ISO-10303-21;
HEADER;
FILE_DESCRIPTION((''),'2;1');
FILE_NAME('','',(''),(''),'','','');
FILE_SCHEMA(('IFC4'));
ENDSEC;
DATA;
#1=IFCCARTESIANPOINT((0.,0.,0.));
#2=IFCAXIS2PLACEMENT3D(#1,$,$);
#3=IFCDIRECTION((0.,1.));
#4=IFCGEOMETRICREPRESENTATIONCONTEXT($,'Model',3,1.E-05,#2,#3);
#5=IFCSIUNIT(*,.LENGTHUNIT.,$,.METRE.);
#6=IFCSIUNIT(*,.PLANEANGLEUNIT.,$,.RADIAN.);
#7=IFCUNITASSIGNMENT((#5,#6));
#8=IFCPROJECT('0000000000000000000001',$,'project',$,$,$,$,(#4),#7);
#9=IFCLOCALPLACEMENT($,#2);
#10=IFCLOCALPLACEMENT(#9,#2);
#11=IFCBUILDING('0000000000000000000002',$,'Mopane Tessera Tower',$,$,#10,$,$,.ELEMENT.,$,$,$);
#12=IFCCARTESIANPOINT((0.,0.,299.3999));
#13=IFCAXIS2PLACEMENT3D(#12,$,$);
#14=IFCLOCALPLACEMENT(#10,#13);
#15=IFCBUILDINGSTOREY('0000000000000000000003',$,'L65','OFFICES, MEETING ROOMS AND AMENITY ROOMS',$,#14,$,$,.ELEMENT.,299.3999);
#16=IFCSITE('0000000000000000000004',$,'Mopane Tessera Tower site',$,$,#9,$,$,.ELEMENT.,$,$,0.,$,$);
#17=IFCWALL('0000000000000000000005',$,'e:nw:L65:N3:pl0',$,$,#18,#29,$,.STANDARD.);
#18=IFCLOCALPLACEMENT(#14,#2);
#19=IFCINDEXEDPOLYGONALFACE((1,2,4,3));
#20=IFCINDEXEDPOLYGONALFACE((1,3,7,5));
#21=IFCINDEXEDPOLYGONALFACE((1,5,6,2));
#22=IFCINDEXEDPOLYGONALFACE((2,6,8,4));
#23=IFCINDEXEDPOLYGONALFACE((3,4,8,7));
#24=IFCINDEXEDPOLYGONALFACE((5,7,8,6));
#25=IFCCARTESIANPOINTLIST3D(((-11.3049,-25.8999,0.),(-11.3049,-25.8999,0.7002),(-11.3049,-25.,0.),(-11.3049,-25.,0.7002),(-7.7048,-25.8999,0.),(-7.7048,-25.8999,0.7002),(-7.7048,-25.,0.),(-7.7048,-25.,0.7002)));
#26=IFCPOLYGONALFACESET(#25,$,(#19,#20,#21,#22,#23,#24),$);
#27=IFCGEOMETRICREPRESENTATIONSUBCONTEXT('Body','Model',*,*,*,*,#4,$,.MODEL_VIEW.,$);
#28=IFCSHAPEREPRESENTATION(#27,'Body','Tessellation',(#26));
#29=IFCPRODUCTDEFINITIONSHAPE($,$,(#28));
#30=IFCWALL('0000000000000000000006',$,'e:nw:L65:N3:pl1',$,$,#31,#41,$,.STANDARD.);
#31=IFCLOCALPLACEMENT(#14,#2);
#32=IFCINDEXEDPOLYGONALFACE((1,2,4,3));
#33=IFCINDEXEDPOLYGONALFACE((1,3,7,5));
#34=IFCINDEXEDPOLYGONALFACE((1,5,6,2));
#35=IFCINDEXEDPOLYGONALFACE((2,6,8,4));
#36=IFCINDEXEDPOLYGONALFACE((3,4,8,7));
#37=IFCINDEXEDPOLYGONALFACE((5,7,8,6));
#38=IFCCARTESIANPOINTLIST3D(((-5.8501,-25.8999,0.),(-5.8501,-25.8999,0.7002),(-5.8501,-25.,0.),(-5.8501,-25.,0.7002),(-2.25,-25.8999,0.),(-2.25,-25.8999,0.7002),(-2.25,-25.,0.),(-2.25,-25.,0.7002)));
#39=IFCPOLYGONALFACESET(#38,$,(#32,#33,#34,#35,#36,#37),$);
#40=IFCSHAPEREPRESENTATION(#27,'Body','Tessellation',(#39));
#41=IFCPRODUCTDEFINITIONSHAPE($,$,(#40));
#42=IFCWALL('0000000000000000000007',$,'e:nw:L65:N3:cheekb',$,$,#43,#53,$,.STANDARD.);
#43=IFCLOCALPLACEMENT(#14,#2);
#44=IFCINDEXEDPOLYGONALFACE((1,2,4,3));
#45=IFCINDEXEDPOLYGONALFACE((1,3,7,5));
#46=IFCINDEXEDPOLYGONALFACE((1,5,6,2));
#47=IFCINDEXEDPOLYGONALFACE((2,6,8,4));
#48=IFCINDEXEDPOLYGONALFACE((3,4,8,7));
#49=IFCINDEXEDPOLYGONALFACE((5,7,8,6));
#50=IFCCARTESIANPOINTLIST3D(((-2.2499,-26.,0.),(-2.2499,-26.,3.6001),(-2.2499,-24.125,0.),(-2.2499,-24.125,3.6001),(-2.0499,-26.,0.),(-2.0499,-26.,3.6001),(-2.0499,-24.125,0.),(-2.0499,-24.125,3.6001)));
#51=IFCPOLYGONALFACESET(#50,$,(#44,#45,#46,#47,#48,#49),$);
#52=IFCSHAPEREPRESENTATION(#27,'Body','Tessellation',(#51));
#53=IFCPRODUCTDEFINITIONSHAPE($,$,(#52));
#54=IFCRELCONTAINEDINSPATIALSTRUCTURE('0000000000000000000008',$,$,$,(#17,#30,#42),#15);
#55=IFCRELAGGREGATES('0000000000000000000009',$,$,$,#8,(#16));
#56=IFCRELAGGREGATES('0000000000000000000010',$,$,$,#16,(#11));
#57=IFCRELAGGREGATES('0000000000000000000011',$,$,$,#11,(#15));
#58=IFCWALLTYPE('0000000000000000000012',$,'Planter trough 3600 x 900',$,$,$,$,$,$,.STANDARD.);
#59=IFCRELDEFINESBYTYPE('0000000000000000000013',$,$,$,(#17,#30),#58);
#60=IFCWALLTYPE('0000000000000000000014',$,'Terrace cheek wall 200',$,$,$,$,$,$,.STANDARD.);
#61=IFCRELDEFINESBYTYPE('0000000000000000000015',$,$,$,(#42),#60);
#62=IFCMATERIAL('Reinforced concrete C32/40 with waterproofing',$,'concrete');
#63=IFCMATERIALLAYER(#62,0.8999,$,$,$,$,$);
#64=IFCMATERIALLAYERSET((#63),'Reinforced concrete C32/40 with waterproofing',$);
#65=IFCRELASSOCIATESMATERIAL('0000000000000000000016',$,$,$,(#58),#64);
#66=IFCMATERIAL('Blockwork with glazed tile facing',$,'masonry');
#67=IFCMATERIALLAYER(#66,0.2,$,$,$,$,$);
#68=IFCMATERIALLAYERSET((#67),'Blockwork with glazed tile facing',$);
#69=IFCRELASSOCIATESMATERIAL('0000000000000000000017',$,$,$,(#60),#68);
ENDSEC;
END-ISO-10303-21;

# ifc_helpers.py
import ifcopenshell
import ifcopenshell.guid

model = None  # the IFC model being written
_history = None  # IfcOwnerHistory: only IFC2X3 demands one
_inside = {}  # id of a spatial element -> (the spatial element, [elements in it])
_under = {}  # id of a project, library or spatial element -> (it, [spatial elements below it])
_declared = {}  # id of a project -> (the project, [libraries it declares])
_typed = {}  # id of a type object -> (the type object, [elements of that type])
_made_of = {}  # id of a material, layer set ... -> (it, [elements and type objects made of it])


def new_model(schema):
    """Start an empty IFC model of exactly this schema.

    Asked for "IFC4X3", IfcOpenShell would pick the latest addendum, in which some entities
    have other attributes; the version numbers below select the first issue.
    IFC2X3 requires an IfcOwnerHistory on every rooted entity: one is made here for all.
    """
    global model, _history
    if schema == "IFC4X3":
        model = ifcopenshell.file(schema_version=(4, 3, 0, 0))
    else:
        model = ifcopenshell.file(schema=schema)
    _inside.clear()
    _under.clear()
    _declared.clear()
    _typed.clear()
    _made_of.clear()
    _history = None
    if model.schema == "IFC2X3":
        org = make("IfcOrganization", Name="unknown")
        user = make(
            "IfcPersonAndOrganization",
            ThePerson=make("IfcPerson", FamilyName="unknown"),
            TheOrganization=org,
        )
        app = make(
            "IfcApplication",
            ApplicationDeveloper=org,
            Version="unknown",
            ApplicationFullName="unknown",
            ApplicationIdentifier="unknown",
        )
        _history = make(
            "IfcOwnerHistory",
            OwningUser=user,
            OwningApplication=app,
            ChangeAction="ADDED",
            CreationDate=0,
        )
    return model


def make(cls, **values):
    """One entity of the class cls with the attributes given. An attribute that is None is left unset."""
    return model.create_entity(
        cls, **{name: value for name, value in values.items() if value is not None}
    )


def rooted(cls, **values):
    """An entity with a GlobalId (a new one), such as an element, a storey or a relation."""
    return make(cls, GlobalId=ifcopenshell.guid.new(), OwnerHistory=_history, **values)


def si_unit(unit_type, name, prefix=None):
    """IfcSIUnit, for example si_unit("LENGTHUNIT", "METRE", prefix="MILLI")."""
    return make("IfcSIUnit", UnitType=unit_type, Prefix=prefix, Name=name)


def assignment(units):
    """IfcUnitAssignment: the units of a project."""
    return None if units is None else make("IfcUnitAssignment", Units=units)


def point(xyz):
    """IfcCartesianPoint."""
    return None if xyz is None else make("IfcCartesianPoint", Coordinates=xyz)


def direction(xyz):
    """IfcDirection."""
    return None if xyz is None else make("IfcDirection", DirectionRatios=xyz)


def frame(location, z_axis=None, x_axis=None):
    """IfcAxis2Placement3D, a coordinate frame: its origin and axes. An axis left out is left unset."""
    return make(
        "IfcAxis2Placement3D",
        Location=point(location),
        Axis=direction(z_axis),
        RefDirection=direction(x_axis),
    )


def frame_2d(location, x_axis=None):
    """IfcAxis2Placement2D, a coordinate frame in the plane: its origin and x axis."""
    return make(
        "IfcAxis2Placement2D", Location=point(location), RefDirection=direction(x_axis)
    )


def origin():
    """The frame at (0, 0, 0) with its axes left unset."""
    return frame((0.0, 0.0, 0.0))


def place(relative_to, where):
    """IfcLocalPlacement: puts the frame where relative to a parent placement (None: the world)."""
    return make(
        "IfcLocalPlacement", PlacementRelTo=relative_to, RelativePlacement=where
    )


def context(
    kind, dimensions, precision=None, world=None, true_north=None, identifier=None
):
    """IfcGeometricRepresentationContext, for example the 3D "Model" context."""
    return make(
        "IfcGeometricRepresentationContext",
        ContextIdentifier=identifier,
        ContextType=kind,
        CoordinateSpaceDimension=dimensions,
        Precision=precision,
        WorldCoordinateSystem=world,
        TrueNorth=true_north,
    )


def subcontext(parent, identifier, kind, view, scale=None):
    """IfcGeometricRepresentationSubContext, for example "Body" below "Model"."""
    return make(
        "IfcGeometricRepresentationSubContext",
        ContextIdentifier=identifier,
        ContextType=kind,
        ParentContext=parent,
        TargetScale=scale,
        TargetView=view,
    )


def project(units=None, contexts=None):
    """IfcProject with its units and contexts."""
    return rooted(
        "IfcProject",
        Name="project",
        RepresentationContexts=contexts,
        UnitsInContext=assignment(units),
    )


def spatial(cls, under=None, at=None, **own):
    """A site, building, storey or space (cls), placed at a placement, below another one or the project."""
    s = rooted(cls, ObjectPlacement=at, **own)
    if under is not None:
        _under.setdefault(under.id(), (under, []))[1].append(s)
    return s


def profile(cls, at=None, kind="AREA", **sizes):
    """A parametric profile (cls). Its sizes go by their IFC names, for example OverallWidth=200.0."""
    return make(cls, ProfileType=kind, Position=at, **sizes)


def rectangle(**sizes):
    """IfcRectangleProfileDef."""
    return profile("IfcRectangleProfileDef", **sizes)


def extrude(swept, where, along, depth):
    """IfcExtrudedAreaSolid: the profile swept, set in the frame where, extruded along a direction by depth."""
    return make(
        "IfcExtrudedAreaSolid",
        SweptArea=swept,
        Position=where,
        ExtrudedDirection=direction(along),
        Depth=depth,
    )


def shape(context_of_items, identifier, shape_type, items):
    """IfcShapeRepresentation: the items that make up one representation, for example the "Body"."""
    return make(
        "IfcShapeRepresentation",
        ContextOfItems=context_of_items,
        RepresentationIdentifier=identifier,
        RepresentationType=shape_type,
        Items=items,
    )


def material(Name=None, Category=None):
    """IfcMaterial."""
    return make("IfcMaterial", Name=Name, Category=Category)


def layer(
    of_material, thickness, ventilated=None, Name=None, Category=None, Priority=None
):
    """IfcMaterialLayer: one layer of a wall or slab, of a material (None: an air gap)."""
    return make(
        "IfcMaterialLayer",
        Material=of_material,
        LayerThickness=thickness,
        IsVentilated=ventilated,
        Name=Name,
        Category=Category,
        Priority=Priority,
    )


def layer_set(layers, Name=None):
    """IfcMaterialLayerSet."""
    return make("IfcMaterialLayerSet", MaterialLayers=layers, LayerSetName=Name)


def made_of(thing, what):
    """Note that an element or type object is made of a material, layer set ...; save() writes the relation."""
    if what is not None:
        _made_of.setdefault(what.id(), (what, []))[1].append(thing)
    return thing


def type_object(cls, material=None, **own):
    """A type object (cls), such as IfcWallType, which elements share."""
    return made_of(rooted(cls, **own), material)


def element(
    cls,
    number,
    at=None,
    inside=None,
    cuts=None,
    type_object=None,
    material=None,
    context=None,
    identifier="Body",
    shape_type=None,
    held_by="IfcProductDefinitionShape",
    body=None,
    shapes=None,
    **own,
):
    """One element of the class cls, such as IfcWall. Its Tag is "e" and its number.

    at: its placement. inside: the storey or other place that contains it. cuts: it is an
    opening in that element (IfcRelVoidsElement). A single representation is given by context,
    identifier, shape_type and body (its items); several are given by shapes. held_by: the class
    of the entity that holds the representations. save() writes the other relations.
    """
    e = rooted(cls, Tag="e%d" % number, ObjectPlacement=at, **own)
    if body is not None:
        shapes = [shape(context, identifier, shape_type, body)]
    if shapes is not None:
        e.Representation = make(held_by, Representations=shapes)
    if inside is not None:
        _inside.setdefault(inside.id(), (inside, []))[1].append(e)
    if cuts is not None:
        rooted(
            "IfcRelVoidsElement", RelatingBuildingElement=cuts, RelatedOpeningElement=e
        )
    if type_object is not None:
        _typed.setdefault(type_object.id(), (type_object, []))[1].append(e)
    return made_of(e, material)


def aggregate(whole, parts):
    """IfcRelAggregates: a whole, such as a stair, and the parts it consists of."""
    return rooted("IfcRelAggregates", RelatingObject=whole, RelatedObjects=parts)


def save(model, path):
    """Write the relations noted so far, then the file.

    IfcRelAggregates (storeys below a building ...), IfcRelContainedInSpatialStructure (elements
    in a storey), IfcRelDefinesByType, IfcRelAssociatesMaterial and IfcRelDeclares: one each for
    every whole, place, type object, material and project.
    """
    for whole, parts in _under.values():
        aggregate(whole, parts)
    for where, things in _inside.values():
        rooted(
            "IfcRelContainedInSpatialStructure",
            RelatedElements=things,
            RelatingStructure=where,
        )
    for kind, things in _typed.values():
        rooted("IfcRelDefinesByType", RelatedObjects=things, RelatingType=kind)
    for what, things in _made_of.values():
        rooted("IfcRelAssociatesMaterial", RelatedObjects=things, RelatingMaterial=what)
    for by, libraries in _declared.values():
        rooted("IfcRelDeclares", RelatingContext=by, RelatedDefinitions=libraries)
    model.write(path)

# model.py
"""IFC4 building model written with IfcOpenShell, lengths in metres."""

from ifc_helpers import new_model, si_unit, direction, frame, frame_2d, origin, place, context, subcontext, project, spatial, rectangle, extrude, material, layer, layer_set, type_object, element, save


model = new_model("IFC4")

# Units and contexts
model_context = context("Model", 3, precision=1e-05, world=origin(), true_north=direction((0.0, 1.0)))
body_context = subcontext(model_context, "Body", "Model", "MODEL_VIEW")
ifc_project = project(units=[si_unit("LENGTHUNIT", "METRE"), si_unit("PLANEANGLEUNIT", "RADIAN")], contexts=[model_context])

# Site, building, storey
site_placement = place(None, origin())
site = spatial("IfcSite", under=ifc_project, at=site_placement, Name="Mopane Tessera Tower site", CompositionType="ELEMENT", RefElevation=0.0)
building_placement = place(site_placement, origin())
building = spatial("IfcBuilding", under=site, at=building_placement, Name="Mopane Tessera Tower", CompositionType="ELEMENT")
storey_placement = place(building_placement, frame((0.0, 0.0, 299.3999)))
storey = spatial("IfcBuildingStorey", under=building, at=storey_placement, Name="L65", Description="OFFICES, MEETING ROOMS AND AMENITY ROOMS", CompositionType="ELEMENT", Elevation=299.3999)

# Walls
ifc_material_1 = material(Name="Reinforced concrete C32/40 with waterproofing", Category="concrete")
ifc_layer_1 = layer(ifc_material_1, 0.8999)
ifc_layer_set_1 = layer_set([ifc_layer_1], Name="Reinforced concrete C32/40 with waterproofing")
wall_type_1 = type_object("IfcWallType", Name="Planter trough 3600 x 900", PredefinedType="STANDARD", material=ifc_layer_set_1)
for number, where, z_axis, x_axis, name in (
    (1, (-11.3049, -25.45, 0.0), (0.0, 0.0, 1.0), (1.0, 0.0, 0.0), "e:nw:L65:N3:pl0"),
    (2, (-5.8501, -25.45, 0.0), (0.0, 0.0, 1.0), (1.0, 0.0, 0.0), "e:nw:L65:N3:pl1"),
):
    element("IfcWall", number, at=place(storey_placement, frame(where, z_axis=z_axis, x_axis=x_axis)), inside=storey, type_object=wall_type_1, Name=name, PredefinedType="STANDARD", context=body_context, shape_type="SweptSolid", body=[
        extrude(rectangle(XDim=3.6001, YDim=0.8999, at=frame_2d((1.8, 0.0))), origin(), (0.0, 0.0, 1.0), 0.7002),
    ])
ifc_material_2 = material(Name="Blockwork with glazed tile facing", Category="masonry")
ifc_layer_2 = layer(ifc_material_2, 0.2)
ifc_layer_set_2 = layer_set([ifc_layer_2], Name="Blockwork with glazed tile facing")
wall_type_2 = type_object("IfcWallType", Name="Terrace cheek wall 200", PredefinedType="STANDARD", material=ifc_layer_set_2)
wall_1_placement = place(storey_placement, frame((-2.1499, -26.0, 0.0), z_axis=(0.0, 0.0, 1.0), x_axis=(0.0, 1.0, 0.0)))
element("IfcWall", 3, at=wall_1_placement, inside=storey, type_object=wall_type_2, Name="e:nw:L65:N3:cheekb", PredefinedType="STANDARD", context=body_context, shape_type="SweptSolid", body=[
    extrude(rectangle(XDim=1.875, YDim=0.2, at=frame_2d((0.9375, 0.0))), origin(), (0.0, 0.0, 1.0), 3.6001),
])

save(model, "model.ifc")
